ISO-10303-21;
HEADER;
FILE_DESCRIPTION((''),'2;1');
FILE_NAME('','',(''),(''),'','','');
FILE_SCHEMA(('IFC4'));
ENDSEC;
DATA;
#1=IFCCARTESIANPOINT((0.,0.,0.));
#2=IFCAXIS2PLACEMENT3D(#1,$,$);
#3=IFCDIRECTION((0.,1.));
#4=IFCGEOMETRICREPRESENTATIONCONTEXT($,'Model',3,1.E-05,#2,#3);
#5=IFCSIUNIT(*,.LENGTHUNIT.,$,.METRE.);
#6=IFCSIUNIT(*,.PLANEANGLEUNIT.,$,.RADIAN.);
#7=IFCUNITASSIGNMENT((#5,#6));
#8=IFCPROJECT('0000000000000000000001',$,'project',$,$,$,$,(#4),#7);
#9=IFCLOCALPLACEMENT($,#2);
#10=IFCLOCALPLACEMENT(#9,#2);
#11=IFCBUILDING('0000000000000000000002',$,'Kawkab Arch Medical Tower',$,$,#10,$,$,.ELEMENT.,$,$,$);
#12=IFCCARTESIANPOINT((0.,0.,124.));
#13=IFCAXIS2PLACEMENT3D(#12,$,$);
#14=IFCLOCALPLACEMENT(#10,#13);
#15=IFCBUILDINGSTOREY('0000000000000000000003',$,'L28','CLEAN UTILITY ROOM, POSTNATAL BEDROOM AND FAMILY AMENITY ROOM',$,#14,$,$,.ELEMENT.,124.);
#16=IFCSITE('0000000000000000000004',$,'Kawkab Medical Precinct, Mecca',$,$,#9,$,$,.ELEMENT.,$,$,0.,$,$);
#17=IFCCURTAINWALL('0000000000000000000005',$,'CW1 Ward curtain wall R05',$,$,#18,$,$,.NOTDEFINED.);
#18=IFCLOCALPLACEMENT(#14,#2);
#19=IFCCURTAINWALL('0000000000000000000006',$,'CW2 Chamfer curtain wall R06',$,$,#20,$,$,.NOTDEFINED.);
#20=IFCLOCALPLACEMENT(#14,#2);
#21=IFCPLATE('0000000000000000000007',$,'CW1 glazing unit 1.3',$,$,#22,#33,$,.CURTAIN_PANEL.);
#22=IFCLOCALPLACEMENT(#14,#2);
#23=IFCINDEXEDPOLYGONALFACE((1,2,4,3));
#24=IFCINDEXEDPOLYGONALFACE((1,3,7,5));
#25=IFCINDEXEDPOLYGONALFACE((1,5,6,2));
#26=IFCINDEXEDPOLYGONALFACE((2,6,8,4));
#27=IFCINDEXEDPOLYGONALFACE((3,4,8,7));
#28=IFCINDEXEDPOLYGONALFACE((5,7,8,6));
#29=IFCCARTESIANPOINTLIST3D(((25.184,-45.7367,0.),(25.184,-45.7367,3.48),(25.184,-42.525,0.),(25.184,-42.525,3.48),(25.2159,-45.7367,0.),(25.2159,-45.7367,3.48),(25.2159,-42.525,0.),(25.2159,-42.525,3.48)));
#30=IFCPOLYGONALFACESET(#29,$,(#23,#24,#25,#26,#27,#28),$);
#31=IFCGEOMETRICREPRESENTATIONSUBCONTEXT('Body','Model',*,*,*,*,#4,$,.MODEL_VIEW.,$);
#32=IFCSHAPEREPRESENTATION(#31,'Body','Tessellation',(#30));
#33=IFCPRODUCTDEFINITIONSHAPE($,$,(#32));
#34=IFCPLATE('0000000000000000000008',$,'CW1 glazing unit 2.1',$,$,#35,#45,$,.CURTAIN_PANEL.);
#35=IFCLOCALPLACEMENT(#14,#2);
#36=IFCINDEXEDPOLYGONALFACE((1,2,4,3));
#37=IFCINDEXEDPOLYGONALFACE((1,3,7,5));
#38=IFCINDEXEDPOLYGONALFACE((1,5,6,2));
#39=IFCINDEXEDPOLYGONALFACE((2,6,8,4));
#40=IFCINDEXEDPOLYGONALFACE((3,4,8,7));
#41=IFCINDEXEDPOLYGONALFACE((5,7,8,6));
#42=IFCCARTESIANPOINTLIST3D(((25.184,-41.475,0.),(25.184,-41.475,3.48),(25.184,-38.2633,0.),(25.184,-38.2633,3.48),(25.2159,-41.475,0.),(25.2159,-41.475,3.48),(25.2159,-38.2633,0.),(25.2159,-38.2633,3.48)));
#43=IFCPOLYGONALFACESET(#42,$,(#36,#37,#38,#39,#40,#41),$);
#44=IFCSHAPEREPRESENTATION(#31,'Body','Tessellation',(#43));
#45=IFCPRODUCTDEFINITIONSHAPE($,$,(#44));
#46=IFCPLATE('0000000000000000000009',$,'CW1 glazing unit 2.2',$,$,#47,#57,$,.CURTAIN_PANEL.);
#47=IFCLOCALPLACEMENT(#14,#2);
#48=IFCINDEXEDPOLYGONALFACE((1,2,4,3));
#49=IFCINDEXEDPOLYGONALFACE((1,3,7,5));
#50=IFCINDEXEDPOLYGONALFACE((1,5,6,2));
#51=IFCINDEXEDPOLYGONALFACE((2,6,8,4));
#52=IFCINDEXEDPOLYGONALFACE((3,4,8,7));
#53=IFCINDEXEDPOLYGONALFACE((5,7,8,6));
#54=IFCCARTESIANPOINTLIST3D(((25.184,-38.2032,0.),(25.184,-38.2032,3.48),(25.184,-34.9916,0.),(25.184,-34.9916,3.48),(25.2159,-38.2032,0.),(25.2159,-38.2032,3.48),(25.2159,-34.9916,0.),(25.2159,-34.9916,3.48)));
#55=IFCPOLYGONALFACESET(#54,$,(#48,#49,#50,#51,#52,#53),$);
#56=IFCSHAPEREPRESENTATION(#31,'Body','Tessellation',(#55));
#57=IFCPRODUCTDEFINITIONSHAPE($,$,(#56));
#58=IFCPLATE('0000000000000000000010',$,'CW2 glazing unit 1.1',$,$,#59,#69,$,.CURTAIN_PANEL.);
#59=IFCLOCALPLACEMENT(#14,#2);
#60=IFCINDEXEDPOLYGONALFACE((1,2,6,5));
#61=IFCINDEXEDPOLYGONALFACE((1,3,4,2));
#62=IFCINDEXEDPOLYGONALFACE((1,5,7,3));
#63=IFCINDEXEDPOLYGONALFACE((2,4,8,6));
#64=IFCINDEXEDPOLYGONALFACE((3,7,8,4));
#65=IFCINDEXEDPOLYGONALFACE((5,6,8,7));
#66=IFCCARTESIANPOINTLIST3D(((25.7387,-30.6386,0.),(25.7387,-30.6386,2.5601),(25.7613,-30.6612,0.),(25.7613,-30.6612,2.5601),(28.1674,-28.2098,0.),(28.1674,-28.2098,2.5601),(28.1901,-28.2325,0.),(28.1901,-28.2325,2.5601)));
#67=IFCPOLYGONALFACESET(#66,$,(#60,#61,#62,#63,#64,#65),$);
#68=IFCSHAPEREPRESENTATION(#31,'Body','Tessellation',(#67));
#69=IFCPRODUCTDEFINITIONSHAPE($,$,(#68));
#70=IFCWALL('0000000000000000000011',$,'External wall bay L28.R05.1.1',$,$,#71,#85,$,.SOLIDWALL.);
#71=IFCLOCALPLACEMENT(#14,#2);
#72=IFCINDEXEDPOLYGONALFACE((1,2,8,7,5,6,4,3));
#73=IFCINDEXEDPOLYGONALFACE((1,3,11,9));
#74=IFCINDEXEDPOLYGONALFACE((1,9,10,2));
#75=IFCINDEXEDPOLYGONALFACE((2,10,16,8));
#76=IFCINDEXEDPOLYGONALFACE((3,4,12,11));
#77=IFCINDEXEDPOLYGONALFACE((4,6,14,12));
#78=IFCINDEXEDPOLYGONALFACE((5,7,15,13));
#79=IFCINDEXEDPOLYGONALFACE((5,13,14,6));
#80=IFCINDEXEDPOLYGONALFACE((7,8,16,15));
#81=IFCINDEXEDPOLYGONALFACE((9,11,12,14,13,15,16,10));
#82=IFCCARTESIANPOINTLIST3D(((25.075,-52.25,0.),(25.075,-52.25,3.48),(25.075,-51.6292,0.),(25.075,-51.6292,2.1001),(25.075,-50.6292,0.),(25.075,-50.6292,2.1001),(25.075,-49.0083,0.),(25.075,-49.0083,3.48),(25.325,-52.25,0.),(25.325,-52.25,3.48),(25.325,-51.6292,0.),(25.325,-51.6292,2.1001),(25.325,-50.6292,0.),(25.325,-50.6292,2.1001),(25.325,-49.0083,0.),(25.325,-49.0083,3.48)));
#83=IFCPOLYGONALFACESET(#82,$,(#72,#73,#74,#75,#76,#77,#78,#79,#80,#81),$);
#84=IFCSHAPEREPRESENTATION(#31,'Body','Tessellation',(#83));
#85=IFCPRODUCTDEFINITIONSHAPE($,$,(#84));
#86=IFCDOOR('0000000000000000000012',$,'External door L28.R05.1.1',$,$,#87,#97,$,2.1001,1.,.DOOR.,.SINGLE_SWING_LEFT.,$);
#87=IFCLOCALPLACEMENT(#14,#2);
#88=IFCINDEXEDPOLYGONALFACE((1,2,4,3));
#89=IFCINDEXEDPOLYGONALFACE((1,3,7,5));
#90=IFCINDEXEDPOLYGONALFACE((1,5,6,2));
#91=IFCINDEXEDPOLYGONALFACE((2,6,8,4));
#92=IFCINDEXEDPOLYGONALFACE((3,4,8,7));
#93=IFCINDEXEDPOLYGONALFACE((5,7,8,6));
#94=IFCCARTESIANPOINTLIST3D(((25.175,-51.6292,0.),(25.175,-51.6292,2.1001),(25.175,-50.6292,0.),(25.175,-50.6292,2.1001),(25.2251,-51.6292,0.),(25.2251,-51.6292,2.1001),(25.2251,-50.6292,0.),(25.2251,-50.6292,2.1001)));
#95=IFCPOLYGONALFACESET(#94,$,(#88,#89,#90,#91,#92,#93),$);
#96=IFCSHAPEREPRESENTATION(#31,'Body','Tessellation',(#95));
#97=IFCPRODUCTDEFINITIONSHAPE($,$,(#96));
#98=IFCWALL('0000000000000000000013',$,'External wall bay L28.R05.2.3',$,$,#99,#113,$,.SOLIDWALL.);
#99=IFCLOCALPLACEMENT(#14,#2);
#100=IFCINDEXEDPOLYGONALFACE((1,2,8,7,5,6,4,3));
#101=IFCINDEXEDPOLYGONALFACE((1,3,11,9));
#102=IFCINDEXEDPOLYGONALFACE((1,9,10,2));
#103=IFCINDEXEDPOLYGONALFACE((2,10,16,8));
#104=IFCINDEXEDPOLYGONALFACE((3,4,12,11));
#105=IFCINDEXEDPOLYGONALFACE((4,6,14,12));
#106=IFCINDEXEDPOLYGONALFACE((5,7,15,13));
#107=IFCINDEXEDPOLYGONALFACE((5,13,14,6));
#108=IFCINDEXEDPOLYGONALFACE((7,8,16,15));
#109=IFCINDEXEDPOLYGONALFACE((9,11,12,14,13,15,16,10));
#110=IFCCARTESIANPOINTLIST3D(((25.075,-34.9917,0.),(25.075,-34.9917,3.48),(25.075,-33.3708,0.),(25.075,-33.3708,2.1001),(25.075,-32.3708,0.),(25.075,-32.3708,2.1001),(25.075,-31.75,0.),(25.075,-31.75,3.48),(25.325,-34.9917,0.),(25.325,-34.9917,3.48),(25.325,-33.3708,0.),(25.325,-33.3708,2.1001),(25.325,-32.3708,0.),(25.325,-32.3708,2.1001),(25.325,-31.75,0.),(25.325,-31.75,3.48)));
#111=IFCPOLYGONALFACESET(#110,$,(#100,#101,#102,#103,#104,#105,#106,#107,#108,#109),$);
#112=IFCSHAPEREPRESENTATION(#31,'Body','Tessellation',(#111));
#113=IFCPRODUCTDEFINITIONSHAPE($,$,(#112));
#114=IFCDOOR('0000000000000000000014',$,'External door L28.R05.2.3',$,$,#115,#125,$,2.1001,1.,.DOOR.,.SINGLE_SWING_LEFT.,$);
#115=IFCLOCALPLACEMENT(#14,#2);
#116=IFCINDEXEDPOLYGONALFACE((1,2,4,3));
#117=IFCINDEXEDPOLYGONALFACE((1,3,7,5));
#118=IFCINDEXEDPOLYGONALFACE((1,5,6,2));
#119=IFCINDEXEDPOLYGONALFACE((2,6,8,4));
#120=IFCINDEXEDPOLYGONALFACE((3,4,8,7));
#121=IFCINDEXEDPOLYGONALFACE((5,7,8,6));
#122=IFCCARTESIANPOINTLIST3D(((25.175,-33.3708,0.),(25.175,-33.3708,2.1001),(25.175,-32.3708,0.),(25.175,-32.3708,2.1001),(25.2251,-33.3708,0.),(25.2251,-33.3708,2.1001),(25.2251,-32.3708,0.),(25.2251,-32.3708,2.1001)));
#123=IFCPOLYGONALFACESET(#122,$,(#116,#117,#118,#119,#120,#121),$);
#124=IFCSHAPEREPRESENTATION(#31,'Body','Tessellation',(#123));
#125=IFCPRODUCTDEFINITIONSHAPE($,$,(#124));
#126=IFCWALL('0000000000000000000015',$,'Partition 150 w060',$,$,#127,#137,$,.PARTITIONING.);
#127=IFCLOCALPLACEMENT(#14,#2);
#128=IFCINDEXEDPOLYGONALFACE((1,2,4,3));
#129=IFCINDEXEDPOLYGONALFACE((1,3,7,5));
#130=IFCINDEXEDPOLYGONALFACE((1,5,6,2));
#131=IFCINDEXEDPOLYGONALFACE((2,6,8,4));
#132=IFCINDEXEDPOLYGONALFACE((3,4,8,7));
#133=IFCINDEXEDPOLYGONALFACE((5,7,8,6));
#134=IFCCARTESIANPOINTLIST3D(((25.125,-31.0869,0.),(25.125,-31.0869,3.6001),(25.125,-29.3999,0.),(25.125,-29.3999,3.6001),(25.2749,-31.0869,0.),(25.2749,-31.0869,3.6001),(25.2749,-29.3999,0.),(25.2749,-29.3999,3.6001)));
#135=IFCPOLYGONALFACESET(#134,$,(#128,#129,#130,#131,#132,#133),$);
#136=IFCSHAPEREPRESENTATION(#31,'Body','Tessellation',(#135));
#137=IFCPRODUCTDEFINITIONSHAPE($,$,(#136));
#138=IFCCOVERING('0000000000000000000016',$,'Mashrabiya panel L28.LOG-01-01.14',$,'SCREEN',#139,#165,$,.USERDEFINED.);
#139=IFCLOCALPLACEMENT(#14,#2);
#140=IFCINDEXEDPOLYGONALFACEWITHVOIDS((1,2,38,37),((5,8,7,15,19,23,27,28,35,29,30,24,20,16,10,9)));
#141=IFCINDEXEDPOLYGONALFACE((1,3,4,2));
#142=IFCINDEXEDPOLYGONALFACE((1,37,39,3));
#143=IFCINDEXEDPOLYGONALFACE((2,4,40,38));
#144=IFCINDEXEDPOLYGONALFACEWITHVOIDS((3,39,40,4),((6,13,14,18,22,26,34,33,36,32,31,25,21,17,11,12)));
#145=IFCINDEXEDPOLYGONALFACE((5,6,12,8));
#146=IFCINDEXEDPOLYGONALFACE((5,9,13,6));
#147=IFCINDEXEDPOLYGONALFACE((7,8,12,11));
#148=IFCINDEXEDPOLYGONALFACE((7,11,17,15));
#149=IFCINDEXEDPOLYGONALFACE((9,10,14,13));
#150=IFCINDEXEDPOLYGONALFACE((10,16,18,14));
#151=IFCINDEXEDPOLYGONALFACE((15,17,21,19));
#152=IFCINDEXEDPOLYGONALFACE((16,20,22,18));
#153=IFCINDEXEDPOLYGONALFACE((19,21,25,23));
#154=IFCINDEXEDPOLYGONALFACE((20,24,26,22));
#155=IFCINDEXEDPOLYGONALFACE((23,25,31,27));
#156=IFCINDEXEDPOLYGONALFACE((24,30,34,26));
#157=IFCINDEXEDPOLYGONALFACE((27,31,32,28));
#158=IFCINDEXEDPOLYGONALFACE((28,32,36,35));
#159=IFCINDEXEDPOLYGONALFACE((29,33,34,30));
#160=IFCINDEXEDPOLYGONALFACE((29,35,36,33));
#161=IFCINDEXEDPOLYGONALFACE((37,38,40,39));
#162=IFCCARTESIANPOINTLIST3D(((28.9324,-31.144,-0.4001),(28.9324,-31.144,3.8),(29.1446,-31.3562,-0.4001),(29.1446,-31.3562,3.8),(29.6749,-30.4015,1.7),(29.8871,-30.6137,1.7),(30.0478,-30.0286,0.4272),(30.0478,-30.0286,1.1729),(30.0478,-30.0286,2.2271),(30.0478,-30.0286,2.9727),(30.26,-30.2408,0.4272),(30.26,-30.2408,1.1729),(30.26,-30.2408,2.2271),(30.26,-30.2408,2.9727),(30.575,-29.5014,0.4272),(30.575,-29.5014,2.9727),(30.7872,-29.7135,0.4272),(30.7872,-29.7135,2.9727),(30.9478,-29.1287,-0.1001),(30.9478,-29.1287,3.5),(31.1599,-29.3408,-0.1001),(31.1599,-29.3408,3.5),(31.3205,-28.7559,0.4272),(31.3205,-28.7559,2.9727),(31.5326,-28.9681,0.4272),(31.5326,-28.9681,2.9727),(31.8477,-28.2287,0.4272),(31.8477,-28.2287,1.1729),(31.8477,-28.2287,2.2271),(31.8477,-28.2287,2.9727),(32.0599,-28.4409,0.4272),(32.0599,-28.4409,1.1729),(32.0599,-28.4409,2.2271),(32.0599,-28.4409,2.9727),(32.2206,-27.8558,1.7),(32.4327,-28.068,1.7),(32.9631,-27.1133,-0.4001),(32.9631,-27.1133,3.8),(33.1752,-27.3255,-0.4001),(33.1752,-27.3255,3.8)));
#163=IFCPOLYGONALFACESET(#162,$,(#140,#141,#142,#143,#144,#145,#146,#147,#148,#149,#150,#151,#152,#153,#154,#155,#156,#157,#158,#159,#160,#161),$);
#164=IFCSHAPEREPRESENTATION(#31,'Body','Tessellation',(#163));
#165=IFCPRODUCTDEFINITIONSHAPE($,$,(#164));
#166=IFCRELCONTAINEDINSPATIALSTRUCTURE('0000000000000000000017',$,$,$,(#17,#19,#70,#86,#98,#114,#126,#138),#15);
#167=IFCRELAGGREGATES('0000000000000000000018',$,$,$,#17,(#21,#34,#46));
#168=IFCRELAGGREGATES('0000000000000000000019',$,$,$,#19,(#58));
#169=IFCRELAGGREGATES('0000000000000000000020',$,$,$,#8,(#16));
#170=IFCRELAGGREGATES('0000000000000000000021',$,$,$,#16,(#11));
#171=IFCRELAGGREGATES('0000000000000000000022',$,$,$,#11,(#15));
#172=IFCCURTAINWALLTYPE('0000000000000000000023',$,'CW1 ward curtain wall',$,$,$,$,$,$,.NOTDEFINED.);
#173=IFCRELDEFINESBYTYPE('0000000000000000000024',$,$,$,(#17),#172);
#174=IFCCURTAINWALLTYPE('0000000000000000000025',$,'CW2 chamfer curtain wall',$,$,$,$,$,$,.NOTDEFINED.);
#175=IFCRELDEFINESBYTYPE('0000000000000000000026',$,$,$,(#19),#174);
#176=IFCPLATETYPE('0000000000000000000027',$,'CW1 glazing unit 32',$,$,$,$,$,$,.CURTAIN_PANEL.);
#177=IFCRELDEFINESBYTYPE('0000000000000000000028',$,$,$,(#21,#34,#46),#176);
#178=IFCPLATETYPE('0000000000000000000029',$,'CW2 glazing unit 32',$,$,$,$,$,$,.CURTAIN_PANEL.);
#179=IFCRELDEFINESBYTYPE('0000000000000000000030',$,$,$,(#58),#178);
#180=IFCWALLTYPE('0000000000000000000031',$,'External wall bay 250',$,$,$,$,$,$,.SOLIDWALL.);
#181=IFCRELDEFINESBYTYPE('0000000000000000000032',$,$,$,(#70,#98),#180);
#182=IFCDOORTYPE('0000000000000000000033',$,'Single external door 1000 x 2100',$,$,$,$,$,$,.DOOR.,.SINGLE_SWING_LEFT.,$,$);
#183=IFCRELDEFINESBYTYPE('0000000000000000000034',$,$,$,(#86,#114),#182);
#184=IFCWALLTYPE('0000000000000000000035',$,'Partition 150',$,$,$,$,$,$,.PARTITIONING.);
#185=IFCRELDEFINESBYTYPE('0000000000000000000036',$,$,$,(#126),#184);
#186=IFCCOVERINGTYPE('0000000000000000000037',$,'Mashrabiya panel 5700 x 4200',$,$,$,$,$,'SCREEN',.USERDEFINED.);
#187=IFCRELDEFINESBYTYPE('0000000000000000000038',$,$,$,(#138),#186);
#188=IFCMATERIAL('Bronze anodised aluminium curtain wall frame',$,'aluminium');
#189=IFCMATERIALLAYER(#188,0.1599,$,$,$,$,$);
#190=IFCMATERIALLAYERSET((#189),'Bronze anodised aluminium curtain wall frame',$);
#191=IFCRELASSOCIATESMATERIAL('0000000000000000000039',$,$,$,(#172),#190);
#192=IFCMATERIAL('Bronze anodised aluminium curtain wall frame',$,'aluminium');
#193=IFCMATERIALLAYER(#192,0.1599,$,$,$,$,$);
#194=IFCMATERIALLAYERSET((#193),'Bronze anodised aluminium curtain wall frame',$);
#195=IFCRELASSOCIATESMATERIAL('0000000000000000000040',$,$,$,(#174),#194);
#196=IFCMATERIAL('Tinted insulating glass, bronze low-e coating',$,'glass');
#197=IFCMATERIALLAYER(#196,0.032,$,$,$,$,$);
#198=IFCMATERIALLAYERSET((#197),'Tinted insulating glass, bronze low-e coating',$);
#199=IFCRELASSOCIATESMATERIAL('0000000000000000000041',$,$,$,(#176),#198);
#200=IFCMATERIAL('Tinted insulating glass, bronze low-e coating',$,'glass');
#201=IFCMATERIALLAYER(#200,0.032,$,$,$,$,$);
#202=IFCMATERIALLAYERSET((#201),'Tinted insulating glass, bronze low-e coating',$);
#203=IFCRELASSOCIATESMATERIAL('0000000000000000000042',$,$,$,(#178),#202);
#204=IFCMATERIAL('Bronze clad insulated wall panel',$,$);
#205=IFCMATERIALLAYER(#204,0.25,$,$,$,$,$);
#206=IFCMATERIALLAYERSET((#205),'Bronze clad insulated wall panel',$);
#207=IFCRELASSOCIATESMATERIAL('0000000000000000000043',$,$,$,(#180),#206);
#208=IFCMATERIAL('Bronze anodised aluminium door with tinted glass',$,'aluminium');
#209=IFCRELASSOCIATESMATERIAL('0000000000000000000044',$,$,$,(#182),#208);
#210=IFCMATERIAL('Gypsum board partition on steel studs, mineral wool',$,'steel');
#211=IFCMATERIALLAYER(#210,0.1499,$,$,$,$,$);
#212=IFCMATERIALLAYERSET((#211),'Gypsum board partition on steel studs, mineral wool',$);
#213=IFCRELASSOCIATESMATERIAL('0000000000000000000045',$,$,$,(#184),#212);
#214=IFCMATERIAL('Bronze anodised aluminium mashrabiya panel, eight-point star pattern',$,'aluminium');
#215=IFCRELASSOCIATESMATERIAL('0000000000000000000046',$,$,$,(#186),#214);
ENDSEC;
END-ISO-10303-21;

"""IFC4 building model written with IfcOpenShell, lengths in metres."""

from ifc_helpers import new_model, si_unit, direction, frame, frame_2d, origin, origin_2d, place, context, subcontext, project, spatial, polyline, rectangle, outline, extrude, material, layer, layer_set, material_profile, profile_set, type_object, element, fill, aggregate, save


model = new_model("IFC4")

# Units and contexts
model_context = context("Model", 3, precision=1e-05, world=origin(), true_north=direction((0.0, 1.0)))
body_context = subcontext(model_context, "Body", "Model", "MODEL_VIEW")
ifc_project = project(units=[si_unit("LENGTHUNIT", "METRE"), si_unit("PLANEANGLEUNIT", "RADIAN")], contexts=[model_context])

# Site, building, storey
site_placement = place(None, origin())
site = spatial("IfcSite", under=ifc_project, at=site_placement, Name="Kawkab Medical Precinct, Mecca", CompositionType="ELEMENT", RefElevation=0.0)
building_placement = place(site_placement, origin())
building = spatial("IfcBuilding", under=site, at=building_placement, Name="Kawkab Arch Medical Tower", CompositionType="ELEMENT")
storey_placement = place(building_placement, frame((0.0, 0.0, 124.0)))
storey = spatial("IfcBuildingStorey", under=building, at=storey_placement, Name="L28", Description="CLEAN UTILITY ROOM, POSTNATAL BEDROOM AND FAMILY AMENITY ROOM", CompositionType="ELEMENT", Elevation=124.0)

# Curtain walls
ifc_material_1 = material(Name="Bronze anodised aluminium curtain wall frame", Category="aluminium")
ifc_layer_1 = layer(ifc_material_1, 0.1599)
ifc_layer_set_1 = layer_set([ifc_layer_1], Name="Bronze anodised aluminium curtain wall frame")
curtain_wall_type_1 = type_object("IfcCurtainWallType", Name="CW1 ward curtain wall", PredefinedType="NOTDEFINED", material=ifc_layer_set_1)
placement = place(storey_placement, origin())
curtain_wall_1 = element("IfcCurtainWall", 1, at=placement, inside=storey, type_object=curtain_wall_type_1, Name="CW1 Ward curtain wall R05", PredefinedType="NOTDEFINED")
ifc_material_2 = material(Name="Bronze anodised aluminium curtain wall frame", Category="aluminium")
ifc_layer_2 = layer(ifc_material_2, 0.1599)
ifc_layer_set_2 = layer_set([ifc_layer_2], Name="Bronze anodised aluminium curtain wall frame")
curtain_wall_type_2 = type_object("IfcCurtainWallType", Name="CW2 chamfer curtain wall", PredefinedType="NOTDEFINED", material=ifc_layer_set_2)
curtain_wall_2 = element("IfcCurtainWall", 2, at=placement, inside=storey, type_object=curtain_wall_type_2, Name="CW2 Chamfer curtain wall R06", PredefinedType="NOTDEFINED")

# Plates
ifc_material_3 = material(Name="Tinted insulating glass, bronze low-e coating", Category="glass")
ifc_layer_3 = layer(ifc_material_3, 0.032)
ifc_layer_set_3 = layer_set([ifc_layer_3], Name="Tinted insulating glass, bronze low-e coating")
plate_type_1 = type_object("IfcPlateType", Name="CW1 glazing unit 32", PredefinedType="CURTAIN_PANEL", material=ifc_layer_set_3)
plate_1_placement = place(storey_placement, frame((25.2, -44.1309, 0.0), z_axis=(0.0, 0.0, 1.0), x_axis=(0.0, 1.0, 0.0)))
plate_1 = element("IfcPlate", 3, at=plate_1_placement, type_object=plate_type_1, Name="CW1 glazing unit 1.3", PredefinedType="CURTAIN_PANEL", context=body_context, shape_type="SweptSolid", body=[
    extrude(rectangle(XDim=3.2117, YDim=0.032, at=origin_2d()), origin(), (0.0, 0.0, 1.0), 3.48),
])
plate_2_placement = place(storey_placement, frame((25.2, -39.8691, 0.0), z_axis=(0.0, 0.0, 1.0), x_axis=(0.0, 1.0, 0.0)))
plate_2 = element("IfcPlate", 4, at=plate_2_placement, type_object=plate_type_1, Name="CW1 glazing unit 2.1", PredefinedType="CURTAIN_PANEL", context=body_context, shape_type="SweptSolid", body=[
    extrude(rectangle(XDim=3.2117, YDim=0.032, at=origin_2d()), origin(), (0.0, 0.0, 1.0), 3.48),
])
plate_3_placement = place(storey_placement, frame((25.2, -36.5974, 0.0), z_axis=(0.0, 0.0, 1.0), x_axis=(0.0, 1.0, 0.0)))
plate_3 = element("IfcPlate", 5, at=plate_3_placement, type_object=plate_type_1, Name="CW1 glazing unit 2.2", PredefinedType="CURTAIN_PANEL", context=body_context, shape_type="SweptSolid", body=[
    extrude(rectangle(XDim=3.2117, YDim=0.032, at=origin_2d()), origin(), (0.0, 0.0, 1.0), 3.48),
])
aggregate(curtain_wall_1, [plate_1, plate_2, plate_3])
ifc_material_4 = material(Name="Tinted insulating glass, bronze low-e coating", Category="glass")
ifc_layer_4 = layer(ifc_material_4, 0.032)
ifc_layer_set_4 = layer_set([ifc_layer_4], Name="Tinted insulating glass, bronze low-e coating")
plate_type_2 = type_object("IfcPlateType", Name="CW2 glazing unit 32", PredefinedType="CURTAIN_PANEL", material=ifc_layer_set_4)
plate_4_placement = place(storey_placement, frame((26.9644, -29.4355, 0.0), z_axis=(0.0, 0.0, 1.0), x_axis=(0.707107, 0.707107, 0.0)))
plate_4 = element("IfcPlate", 6, at=plate_4_placement, type_object=plate_type_2, Name="CW2 glazing unit 1.1", PredefinedType="CURTAIN_PANEL", context=body_context, shape_type="SweptSolid", body=[
    extrude(rectangle(XDim=3.4348, YDim=0.032, at=origin_2d()), origin(), (0.0, 0.0, 1.0), 2.5601),
])
aggregate(curtain_wall_2, [plate_4])

# Walls, openings, doors
ifc_material_5 = material(Name="Bronze clad insulated wall panel")
ifc_layer_5 = layer(ifc_material_5, 0.25)
ifc_layer_set_5 = layer_set([ifc_layer_5], Name="Bronze clad insulated wall panel")
wall_type_1 = type_object("IfcWallType", Name="External wall bay 250", PredefinedType="SOLIDWALL", material=ifc_layer_set_5)
wall_1_placement = place(storey_placement, frame((25.2, -52.25, 0.0), z_axis=(0.0, 0.0, 1.0), x_axis=(0.0, 1.0, 0.0)))
wall_1 = element("IfcWall", 7, at=wall_1_placement, inside=storey, type_object=wall_type_1, Name="External wall bay L28.R05.1.1", PredefinedType="SOLIDWALL", context=body_context, shape_type="SweptSolid", body=[
    extrude(rectangle(XDim=3.2417, YDim=0.25, at=frame_2d((1.6208, 0.0))), origin(), (0.0, 0.0, 1.0), 3.48),
])
opening_1_placement = place(wall_1_placement, frame((0.6208, 0.0, 0.0)))
opening_1 = element("IfcOpeningElement", 8, at=opening_1_placement, cuts=wall_1, PredefinedType="OPENING", context=body_context, shape_type="SweptSolid", body=[
    extrude(rectangle(XDim=1.0, YDim=2.1001, at=frame_2d((0.5, 1.05))), frame((0.0, 0.135, 0.0), z_axis=(0.0, -1.0, 0.0), x_axis=(1.0, 0.0, 0.0)), (0.0, 0.0, 1.0), 0.27),
])
ifc_material_6 = material(Name="Bronze anodised aluminium door with tinted glass", Category="aluminium")
door_type = type_object("IfcDoorType", Name="Single external door 1000 x 2100", OperationType="SINGLE_SWING_LEFT", PredefinedType="DOOR", material=ifc_material_6)
door_1_placement = place(opening_1_placement, origin())
door_1 = element("IfcDoor", 9, at=door_1_placement, inside=storey, type_object=door_type, Name="External door L28.R05.1.1", OperationType="SINGLE_SWING_LEFT", OverallHeight=2.1001, OverallWidth=1.0, PredefinedType="DOOR", context=body_context, shape_type="SweptSolid", body=[
    extrude(rectangle(XDim=1.0, YDim=2.1001, at=frame_2d((0.5, 1.05))), frame((0.0, 0.0249, 0.0), z_axis=(0.0, -1.0, 0.0), x_axis=(1.0, 0.0, 0.0)), (0.0, 0.0, 1.0), 0.05),
])
fill(opening_1, door_1)
wall_2_placement = place(storey_placement, frame((25.2, -34.9917, 0.0), z_axis=(0.0, 0.0, 1.0), x_axis=(0.0, 1.0, 0.0)))
wall_2 = element("IfcWall", 10, at=wall_2_placement, inside=storey, type_object=wall_type_1, Name="External wall bay L28.R05.2.3", PredefinedType="SOLIDWALL", context=body_context, shape_type="SweptSolid", body=[
    extrude(rectangle(XDim=3.2417, YDim=0.25, at=frame_2d((1.6208, 0.0))), origin(), (0.0, 0.0, 1.0), 3.48),
])
opening_2_placement = place(wall_2_placement, frame((1.6208, 0.0, 0.0)))
opening_2 = element("IfcOpeningElement", 11, at=opening_2_placement, cuts=wall_2, PredefinedType="OPENING", context=body_context, shape_type="SweptSolid", body=[
    extrude(rectangle(XDim=1.0, YDim=2.1001, at=frame_2d((0.5, 1.05))), frame((0.0, 0.135, 0.0), z_axis=(0.0, -1.0, 0.0), x_axis=(1.0, 0.0, 0.0)), (0.0, 0.0, 1.0), 0.27),
])
door_2_placement = place(opening_2_placement, origin())
door_2 = element("IfcDoor", 12, at=door_2_placement, inside=storey, type_object=door_type, Name="External door L28.R05.2.3", OperationType="SINGLE_SWING_LEFT", OverallHeight=2.1001, OverallWidth=1.0, PredefinedType="DOOR", context=body_context, shape_type="SweptSolid", body=[
    extrude(rectangle(XDim=1.0, YDim=2.1001, at=frame_2d((0.5, 1.05))), frame((0.0, 0.0249, 0.0), z_axis=(0.0, -1.0, 0.0), x_axis=(1.0, 0.0, 0.0)), (0.0, 0.0, 1.0), 0.05),
])
fill(opening_2, door_2)

# Wall
ifc_material_7 = material(Name="Gypsum board partition on steel studs, mineral wool", Category="steel")
ifc_layer_6 = layer(ifc_material_7, 0.1499)
ifc_layer_set_6 = layer_set([ifc_layer_6], Name="Gypsum board partition on steel studs, mineral wool")
wall_type_2 = type_object("IfcWallType", Name="Partition 150", PredefinedType="PARTITIONING", material=ifc_layer_set_6)
wall_3_placement = place(storey_placement, frame((25.2, -31.0869, 0.0), z_axis=(0.0, 0.0, 1.0), x_axis=(0.0, 1.0, 0.0)))
element("IfcWall", 13, at=wall_3_placement, inside=storey, type_object=wall_type_2, Name="Partition 150 w060", PredefinedType="PARTITIONING", context=body_context, shape_type="SweptSolid", body=[
    extrude(rectangle(XDim=1.687, YDim=0.1499, at=frame_2d((0.8435, 0.0))), origin(), (0.0, 0.0, 1.0), 3.6001),
])

# Covering
ifc_material_8 = material(Name="Bronze anodised aluminium mashrabiya panel, eight-point star pattern", Category="aluminium")
ifc_material_profile_1 = material_profile(ifc_material_8, outline(polyline([(-2.8501, -2.1001), (2.8501, -2.1001), (2.8501, 2.1001), (-2.8501, 2.1001), (-2.8501, -2.1001)]), holes=[polyline([(1.8, 0.0), (1.2727, 0.5271), (1.2727, 1.2727), (0.5271, 1.2727), (0.0, 1.8), (-0.5271, 1.2727), (-1.2727, 1.2727), (-1.2727, 0.5271), (-1.8, 0.0), (-1.2727, -0.5271), (-1.2727, -1.2727), (-0.5271, -1.2727), (0.0, -1.8), (0.5271, -1.2727), (1.2727, -1.2727), (1.2727, -0.5271), (1.8, 0.0)])]), Name="Mashrabiya panel 5700x4200")
ifc_profile_set_1 = profile_set([ifc_material_profile_1], Name="Bronze anodised aluminium mashrabiya panel, eight-point star pattern")
covering_type_1 = type_object("IfcCoveringType", Name="Mashrabiya panel 5700 x 4200", ElementType="SCREEN", PredefinedType="USERDEFINED", material=ifc_profile_set_1)
covering_1_placement = place(storey_placement, frame((30.9478, -29.1287, 1.7), z_axis=(0.707107, -0.707107, 0.0), x_axis=(0.707107, 0.707107, 0.0)))
element("IfcCovering", 14, at=covering_1_placement, inside=storey, type_object=covering_type_1, Name="Mashrabiya panel L28.LOG-01-01.14", ObjectType="SCREEN", PredefinedType="USERDEFINED", context=body_context, shape_type="SweptSolid", body=[
    extrude(outline(polyline([(-2.8501, -2.1001), (2.8501, -2.1001), (2.8501, 2.1001), (-2.8501, 2.1001), (-2.8501, -2.1001)]), holes=[polyline([(1.8, 0.0), (1.2727, 0.5271), (1.2727, 1.2727), (0.5271, 1.2727), (0.0, 1.8), (-0.5271, 1.2727), (-1.2727, 1.2727), (-1.2727, 0.5271), (-1.8, 0.0), (-1.2727, -0.5271), (-1.2727, -1.2727), (-0.5271, -1.2727), (0.0, -1.8), (0.5271, -1.2727), (1.2727, -1.2727), (1.2727, -0.5271), (1.8, 0.0)])]), origin(), (0.0, 0.0, 1.0), 0.3),
])

save(model, "model.ifc")
